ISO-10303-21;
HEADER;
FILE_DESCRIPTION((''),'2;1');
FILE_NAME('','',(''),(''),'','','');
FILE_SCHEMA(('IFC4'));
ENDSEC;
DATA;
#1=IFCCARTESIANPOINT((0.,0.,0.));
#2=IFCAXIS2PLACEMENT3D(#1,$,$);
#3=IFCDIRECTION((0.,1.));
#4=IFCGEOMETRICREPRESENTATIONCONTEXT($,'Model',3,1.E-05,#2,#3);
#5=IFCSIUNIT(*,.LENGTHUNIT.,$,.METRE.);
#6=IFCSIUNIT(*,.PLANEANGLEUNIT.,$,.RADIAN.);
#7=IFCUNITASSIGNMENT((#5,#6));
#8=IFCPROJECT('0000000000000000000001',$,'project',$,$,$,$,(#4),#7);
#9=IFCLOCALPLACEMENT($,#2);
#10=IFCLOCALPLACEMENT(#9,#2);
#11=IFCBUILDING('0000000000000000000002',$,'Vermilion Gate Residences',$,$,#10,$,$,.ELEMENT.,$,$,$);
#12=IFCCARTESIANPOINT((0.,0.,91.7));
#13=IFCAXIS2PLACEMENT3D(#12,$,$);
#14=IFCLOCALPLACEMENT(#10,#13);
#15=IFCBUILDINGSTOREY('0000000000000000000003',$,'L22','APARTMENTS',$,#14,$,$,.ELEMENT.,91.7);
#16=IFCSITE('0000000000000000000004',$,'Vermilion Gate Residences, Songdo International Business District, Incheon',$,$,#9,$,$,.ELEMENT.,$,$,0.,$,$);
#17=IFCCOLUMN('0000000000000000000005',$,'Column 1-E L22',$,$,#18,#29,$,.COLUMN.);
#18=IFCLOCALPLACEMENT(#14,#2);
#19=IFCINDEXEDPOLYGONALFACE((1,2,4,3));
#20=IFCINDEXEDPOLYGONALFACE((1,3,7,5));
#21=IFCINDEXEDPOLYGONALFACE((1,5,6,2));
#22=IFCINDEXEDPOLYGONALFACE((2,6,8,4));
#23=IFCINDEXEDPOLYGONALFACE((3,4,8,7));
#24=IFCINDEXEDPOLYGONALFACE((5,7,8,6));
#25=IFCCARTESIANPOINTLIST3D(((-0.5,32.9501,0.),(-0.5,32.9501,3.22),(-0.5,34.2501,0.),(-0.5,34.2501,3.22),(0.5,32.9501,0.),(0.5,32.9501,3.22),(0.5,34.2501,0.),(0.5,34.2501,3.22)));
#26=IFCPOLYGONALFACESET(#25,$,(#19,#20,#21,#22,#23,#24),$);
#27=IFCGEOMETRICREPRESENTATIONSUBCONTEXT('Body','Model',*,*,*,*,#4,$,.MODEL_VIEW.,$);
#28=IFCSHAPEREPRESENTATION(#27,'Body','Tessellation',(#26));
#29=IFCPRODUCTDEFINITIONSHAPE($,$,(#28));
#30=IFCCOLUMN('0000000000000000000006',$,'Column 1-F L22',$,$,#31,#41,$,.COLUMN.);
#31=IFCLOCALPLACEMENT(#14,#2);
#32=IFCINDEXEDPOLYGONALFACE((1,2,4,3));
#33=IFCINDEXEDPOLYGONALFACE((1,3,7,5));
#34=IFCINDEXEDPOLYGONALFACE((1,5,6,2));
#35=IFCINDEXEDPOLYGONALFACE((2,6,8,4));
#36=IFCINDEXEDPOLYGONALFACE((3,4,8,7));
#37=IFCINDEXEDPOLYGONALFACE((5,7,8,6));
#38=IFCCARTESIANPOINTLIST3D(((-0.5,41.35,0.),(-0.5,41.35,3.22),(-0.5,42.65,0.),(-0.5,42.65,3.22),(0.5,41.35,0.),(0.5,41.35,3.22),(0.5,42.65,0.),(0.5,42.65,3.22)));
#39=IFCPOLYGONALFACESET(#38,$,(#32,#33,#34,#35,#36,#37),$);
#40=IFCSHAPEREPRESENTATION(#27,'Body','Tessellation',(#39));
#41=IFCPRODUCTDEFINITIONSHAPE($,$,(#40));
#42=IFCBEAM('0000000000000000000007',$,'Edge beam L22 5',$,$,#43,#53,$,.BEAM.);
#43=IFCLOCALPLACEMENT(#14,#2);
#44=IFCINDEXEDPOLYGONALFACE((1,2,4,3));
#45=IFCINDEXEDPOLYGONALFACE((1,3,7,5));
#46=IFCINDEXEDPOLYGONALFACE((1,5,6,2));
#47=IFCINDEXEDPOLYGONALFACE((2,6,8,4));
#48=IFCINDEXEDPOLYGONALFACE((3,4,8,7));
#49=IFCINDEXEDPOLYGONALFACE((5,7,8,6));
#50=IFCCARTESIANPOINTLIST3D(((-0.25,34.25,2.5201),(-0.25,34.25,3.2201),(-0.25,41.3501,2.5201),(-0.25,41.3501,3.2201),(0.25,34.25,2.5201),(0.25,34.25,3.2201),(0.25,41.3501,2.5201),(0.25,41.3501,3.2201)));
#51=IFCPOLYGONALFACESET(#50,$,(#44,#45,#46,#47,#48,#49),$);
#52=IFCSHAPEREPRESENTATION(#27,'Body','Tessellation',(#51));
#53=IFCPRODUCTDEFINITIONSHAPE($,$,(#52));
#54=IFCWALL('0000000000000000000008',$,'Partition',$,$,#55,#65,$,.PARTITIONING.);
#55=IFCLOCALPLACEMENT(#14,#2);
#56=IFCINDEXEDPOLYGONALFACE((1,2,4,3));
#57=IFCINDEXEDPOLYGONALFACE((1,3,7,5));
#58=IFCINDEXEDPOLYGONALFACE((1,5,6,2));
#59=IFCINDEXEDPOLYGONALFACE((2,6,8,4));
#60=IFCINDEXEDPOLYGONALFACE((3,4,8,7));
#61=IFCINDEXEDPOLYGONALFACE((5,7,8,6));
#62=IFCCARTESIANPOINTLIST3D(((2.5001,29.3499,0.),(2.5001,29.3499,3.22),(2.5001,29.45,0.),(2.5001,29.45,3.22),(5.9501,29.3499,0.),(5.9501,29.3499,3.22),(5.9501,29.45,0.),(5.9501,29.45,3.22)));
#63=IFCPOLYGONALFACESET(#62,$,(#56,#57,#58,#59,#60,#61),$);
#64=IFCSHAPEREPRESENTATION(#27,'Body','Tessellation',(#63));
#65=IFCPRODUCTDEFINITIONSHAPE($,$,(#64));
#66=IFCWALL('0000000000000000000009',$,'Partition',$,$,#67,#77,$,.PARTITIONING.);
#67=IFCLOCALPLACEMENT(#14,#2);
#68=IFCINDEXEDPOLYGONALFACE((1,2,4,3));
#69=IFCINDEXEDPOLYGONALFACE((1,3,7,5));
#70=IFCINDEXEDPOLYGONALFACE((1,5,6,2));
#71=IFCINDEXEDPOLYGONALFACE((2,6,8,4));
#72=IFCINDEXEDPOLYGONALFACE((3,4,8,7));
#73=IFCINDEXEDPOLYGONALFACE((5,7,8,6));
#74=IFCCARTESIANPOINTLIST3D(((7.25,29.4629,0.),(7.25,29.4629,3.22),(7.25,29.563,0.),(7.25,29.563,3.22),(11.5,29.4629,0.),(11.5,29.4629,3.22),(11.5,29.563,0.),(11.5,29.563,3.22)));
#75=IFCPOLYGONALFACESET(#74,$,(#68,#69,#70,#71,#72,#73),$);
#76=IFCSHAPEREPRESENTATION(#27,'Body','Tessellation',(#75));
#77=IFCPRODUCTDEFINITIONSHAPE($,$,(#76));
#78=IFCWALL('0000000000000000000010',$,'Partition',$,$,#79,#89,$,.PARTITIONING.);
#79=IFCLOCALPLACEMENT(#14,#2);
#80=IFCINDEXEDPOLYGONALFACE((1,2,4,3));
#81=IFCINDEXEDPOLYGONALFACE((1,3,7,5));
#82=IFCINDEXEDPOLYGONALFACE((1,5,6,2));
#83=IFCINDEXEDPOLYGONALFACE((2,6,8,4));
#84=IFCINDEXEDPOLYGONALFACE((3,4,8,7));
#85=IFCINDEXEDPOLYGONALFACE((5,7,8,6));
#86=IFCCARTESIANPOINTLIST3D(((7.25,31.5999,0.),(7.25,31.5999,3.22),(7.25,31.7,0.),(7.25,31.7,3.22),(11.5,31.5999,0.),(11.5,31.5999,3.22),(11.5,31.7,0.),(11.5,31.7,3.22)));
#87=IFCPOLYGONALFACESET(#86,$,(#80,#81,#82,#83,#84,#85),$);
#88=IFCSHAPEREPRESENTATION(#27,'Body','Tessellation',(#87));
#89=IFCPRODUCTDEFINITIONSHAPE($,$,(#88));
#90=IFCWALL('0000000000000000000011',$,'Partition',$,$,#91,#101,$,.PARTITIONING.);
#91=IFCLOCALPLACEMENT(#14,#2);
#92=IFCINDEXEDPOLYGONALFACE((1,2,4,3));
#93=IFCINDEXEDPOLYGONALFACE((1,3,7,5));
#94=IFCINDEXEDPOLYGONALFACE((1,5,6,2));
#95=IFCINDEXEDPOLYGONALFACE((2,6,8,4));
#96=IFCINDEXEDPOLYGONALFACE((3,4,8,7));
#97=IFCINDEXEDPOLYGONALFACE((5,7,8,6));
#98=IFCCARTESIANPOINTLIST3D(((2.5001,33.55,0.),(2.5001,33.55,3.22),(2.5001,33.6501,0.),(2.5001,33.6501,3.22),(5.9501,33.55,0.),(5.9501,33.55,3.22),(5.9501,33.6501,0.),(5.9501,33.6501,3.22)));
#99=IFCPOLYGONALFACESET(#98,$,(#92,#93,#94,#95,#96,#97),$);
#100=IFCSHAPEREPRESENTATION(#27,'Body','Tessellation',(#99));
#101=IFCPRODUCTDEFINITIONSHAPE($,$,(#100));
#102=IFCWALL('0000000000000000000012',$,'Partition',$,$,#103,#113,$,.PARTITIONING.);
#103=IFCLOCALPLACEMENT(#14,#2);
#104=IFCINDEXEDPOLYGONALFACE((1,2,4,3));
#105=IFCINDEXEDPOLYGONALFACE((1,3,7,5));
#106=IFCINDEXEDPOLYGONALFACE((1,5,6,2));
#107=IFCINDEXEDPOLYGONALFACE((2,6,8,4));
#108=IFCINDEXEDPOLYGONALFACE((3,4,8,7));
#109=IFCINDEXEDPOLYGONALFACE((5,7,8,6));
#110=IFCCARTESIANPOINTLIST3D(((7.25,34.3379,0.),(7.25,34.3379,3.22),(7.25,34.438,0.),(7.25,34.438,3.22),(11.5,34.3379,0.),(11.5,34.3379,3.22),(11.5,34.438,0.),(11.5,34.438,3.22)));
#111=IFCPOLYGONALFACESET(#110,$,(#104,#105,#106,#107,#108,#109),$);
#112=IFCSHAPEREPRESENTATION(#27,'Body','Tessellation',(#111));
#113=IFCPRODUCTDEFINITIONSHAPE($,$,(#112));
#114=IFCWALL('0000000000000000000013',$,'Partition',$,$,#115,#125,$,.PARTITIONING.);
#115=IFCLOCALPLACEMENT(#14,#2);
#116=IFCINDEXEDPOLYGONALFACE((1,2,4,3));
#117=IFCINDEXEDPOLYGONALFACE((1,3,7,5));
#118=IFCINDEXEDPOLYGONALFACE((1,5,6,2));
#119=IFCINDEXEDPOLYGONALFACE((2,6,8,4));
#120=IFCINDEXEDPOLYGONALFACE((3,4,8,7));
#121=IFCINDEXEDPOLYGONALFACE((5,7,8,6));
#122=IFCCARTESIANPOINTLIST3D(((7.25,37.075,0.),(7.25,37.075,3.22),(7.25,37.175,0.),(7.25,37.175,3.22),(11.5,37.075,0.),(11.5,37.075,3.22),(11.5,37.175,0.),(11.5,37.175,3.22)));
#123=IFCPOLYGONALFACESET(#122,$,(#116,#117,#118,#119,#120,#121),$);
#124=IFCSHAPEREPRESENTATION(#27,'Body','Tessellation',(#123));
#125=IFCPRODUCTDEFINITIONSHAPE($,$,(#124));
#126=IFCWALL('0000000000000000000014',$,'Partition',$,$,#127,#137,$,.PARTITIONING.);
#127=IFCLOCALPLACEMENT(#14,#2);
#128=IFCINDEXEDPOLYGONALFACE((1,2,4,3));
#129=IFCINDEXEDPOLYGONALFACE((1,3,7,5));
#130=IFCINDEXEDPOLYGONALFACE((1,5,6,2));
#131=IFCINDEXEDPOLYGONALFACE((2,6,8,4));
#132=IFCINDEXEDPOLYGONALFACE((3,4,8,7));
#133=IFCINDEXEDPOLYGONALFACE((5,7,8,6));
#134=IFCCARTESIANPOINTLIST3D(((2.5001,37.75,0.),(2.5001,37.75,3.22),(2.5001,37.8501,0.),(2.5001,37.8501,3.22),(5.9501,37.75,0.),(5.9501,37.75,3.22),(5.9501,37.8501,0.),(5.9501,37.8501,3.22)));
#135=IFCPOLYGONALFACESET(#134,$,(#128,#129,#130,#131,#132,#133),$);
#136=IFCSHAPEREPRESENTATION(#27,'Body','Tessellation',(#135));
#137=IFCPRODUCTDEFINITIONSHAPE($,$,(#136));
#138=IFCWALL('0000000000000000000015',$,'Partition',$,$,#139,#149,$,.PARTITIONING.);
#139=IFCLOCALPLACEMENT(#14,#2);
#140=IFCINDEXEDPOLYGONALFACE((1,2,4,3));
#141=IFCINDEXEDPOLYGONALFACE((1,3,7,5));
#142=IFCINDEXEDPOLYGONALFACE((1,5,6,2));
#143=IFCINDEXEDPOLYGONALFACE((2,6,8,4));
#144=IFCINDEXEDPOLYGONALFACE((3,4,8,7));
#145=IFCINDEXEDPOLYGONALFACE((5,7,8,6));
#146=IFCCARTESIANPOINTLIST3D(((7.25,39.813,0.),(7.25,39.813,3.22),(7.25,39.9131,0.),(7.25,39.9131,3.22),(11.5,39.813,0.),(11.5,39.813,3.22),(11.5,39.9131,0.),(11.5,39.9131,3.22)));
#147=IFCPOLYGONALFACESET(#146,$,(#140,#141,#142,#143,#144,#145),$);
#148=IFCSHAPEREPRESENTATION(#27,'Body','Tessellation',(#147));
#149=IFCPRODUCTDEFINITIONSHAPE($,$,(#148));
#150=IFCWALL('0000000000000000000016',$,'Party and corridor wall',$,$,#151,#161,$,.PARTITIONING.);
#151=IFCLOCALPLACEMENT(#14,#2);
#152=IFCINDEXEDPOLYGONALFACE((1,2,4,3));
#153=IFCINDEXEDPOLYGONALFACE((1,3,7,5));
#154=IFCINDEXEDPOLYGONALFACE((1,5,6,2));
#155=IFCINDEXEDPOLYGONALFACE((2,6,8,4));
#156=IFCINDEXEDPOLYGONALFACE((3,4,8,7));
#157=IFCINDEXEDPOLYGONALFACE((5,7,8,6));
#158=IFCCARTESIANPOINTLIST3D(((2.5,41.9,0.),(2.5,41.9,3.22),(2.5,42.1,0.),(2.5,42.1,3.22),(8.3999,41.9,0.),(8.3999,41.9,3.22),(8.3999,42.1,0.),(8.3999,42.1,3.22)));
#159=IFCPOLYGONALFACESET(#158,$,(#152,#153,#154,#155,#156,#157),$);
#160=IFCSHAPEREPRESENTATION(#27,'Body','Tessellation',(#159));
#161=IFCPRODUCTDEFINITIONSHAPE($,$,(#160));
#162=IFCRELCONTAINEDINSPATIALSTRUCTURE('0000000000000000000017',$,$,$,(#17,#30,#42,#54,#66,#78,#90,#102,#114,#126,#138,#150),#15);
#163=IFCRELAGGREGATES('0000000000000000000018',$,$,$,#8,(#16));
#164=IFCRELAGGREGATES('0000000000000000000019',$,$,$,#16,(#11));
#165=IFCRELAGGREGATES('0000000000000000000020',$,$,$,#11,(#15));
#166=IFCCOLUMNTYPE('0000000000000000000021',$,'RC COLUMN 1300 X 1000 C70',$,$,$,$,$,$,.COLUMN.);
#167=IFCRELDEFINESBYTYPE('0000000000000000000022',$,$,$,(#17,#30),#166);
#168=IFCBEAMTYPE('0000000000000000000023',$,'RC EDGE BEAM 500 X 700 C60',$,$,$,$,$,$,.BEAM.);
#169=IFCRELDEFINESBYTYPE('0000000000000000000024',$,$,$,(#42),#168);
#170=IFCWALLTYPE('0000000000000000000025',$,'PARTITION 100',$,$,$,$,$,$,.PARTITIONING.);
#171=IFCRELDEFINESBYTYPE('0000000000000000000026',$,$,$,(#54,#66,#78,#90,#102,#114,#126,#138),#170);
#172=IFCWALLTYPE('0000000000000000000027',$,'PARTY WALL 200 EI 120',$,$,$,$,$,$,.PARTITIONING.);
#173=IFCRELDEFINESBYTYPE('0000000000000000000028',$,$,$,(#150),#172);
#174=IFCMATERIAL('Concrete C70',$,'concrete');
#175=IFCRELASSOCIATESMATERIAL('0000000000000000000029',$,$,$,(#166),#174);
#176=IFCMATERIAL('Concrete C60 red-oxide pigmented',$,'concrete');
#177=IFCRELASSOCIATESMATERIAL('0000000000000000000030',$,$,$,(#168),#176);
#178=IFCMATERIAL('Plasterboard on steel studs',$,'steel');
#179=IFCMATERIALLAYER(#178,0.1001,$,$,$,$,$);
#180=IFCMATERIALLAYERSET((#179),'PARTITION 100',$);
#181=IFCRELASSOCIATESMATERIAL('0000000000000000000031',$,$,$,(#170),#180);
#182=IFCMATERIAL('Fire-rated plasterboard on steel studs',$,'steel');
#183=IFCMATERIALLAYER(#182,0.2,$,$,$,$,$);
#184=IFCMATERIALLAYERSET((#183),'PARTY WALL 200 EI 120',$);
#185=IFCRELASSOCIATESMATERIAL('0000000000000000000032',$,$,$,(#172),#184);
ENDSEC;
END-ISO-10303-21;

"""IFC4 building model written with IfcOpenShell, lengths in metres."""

from ifc_helpers import new_model, si_unit, direction, frame, frame_2d, origin, origin_2d, place, context, subcontext, project, spatial, rectangle, extrude, material, layer, layer_set, material_profile, profile_set, type_object, element, save


model = new_model("IFC4")

# Units and contexts
model_context = context("Model", 3, precision=1e-05, world=origin(), true_north=direction((0.0, 1.0)))
body_context = subcontext(model_context, "Body", "Model", "MODEL_VIEW")
ifc_project = project(units=[si_unit("LENGTHUNIT", "METRE"), si_unit("PLANEANGLEUNIT", "RADIAN")], contexts=[model_context])

# Site, building, storey
site_placement = place(None, origin())
site = spatial("IfcSite", under=ifc_project, at=site_placement, Name="Vermilion Gate Residences, Songdo International Business District, Incheon", CompositionType="ELEMENT", RefElevation=0.0)
building_placement = place(site_placement, origin())
building = spatial("IfcBuilding", under=site, at=building_placement, Name="Vermilion Gate Residences", CompositionType="ELEMENT")
storey_placement = place(building_placement, frame((0.0, 0.0, 91.7)))
storey = spatial("IfcBuildingStorey", under=building, at=storey_placement, Name="L22", Description="APARTMENTS", CompositionType="ELEMENT", Elevation=91.7)

# Columns
ifc_material_1 = material(Name="Concrete C70", Category="concrete")
ifc_material_profile_1 = material_profile(ifc_material_1, rectangle(XDim=1.3, YDim=1.0, at=origin_2d()), Name="RC-1300x1000")
ifc_profile_set_1 = profile_set([ifc_material_profile_1], Name="Concrete C70")
column_type = type_object("IfcColumnType", Name="RC COLUMN 1300 X 1000 C70", PredefinedType="COLUMN", material=ifc_profile_set_1)
for number, where, z_axis, x_axis, name in (
    (1, (0.0, 33.6001, 0.0), (0.0, 0.0, 1.0), (0.0, 1.0, 0.0), "Column 1-E L22"),
    (2, (0.0, 42.0, 0.0), (0.0, 0.0, 1.0), (0.0, 1.0, 0.0), "Column 1-F L22"),
):
    element("IfcColumn", number, at=place(storey_placement, frame(where, z_axis=z_axis, x_axis=x_axis)), inside=storey, type_object=column_type, Name=name, PredefinedType="COLUMN", context=body_context, shape_type="SweptSolid", body=[
        extrude(rectangle(XDim=1.3, YDim=1.0, at=origin_2d()), origin(), (0.0, 0.0, 1.0), 3.22),
    ])

# Beam
ifc_material_2 = material(Name="Concrete C60 red-oxide pigmented", Category="concrete")
ifc_material_profile_2 = material_profile(ifc_material_2, rectangle(XDim=0.5, YDim=0.7, at=origin_2d()), Name="RC-500x700")
ifc_profile_set_2 = profile_set([ifc_material_profile_2], Name="Concrete C60 red-oxide pigmented")
beam_type = type_object("IfcBeamType", Name="RC EDGE BEAM 500 X 700 C60", PredefinedType="BEAM", material=ifc_profile_set_2)
beam_placement = place(storey_placement, frame((0.0, 34.25, 2.8701), z_axis=(0.0, 1.0, 0.0), x_axis=(-1.0, 0.0, 0.0)))
element("IfcBeam", 3, at=beam_placement, inside=storey, type_object=beam_type, Name="Edge beam L22 5", PredefinedType="BEAM", context=body_context, shape_type="SweptSolid", body=[
    extrude(rectangle(XDim=0.5, YDim=0.7, at=origin_2d()), origin(), (0.0, 0.0, 1.0), 7.1001),
])

# Walls
ifc_material_3 = material(Name="Plasterboard on steel studs", Category="steel")
ifc_layer_1 = layer(ifc_material_3, 0.1001)
ifc_layer_set_1 = layer_set([ifc_layer_1], Name="PARTITION 100")
wall_type_1 = type_object("IfcWallType", Name="PARTITION 100", PredefinedType="PARTITIONING", material=ifc_layer_set_1)
wall_1_placement = place(storey_placement, frame((2.5, 29.3999, 0.0), z_axis=(0.0, 0.0, 1.0), x_axis=(1.0, 0.0, 0.0)))
element("IfcWall", 4, at=wall_1_placement, inside=storey, type_object=wall_type_1, Name="Partition", PredefinedType="PARTITIONING", context=body_context, shape_type="SweptSolid", body=[
    extrude(rectangle(XDim=3.45, YDim=0.1001, at=frame_2d((1.7251, 0.0))), origin(), (0.0, 0.0, 1.0), 3.22),
])
for number, where, z_axis, x_axis, name in (
    (5, (7.25, 29.5129, 0.0), (0.0, 0.0, 1.0), (1.0, 0.0, 0.0), "Partition"),
    (6, (7.25, 31.6499, 0.0), (0.0, 0.0, 1.0), (1.0, 0.0, 0.0), "Partition"),
):
    element("IfcWall", number, at=place(storey_placement, frame(where, z_axis=z_axis, x_axis=x_axis)), inside=storey, type_object=wall_type_1, Name=name, PredefinedType="PARTITIONING", context=body_context, shape_type="SweptSolid", body=[
        extrude(rectangle(XDim=4.25, YDim=0.1001, at=frame_2d((2.125, 0.0))), origin(), (0.0, 0.0, 1.0), 3.22),
    ])
wall_2_placement = place(storey_placement, frame((2.5, 33.6001, 0.0), z_axis=(0.0, 0.0, 1.0), x_axis=(1.0, 0.0, 0.0)))
element("IfcWall", 7, at=wall_2_placement, inside=storey, type_object=wall_type_1, Name="Partition", PredefinedType="PARTITIONING", context=body_context, shape_type="SweptSolid", body=[
    extrude(rectangle(XDim=3.45, YDim=0.1001, at=frame_2d((1.7251, 0.0))), origin(), (0.0, 0.0, 1.0), 3.22),
])
for number, where, z_axis, x_axis, name in (
    (8, (7.25, 34.3879, 0.0), (0.0, 0.0, 1.0), (1.0, 0.0, 0.0), "Partition"),
    (9, (7.25, 37.125, 0.0), (0.0, 0.0, 1.0), (1.0, 0.0, 0.0), "Partition"),
):
    element("IfcWall", number, at=place(storey_placement, frame(where, z_axis=z_axis, x_axis=x_axis)), inside=storey, type_object=wall_type_1, Name=name, PredefinedType="PARTITIONING", context=body_context, shape_type="SweptSolid", body=[
        extrude(rectangle(XDim=4.25, YDim=0.1001, at=frame_2d((2.125, 0.0))), origin(), (0.0, 0.0, 1.0), 3.22),
    ])
wall_3_placement = place(storey_placement, frame((2.5, 37.8, 0.0), z_axis=(0.0, 0.0, 1.0), x_axis=(1.0, 0.0, 0.0)))
element("IfcWall", 10, at=wall_3_placement, inside=storey, type_object=wall_type_1, Name="Partition", PredefinedType="PARTITIONING", context=body_context, shape_type="SweptSolid", body=[
    extrude(rectangle(XDim=3.45, YDim=0.1001, at=frame_2d((1.7251, 0.0))), origin(), (0.0, 0.0, 1.0), 3.22),
])
wall_4_placement = place(storey_placement, frame((7.25, 39.863, 0.0), z_axis=(0.0, 0.0, 1.0), x_axis=(1.0, 0.0, 0.0)))
element("IfcWall", 11, at=wall_4_placement, inside=storey, type_object=wall_type_1, Name="Partition", PredefinedType="PARTITIONING", context=body_context, shape_type="SweptSolid", body=[
    extrude(rectangle(XDim=4.25, YDim=0.1001, at=frame_2d((2.125, 0.0))), origin(), (0.0, 0.0, 1.0), 3.22),
])
ifc_material_4 = material(Name="Fire-rated plasterboard on steel studs", Category="steel")
ifc_layer_2 = layer(ifc_material_4, 0.2)
ifc_layer_set_2 = layer_set([ifc_layer_2], Name="PARTY WALL 200 EI 120")
wall_type_2 = type_object("IfcWallType", Name="PARTY WALL 200 EI 120", PredefinedType="PARTITIONING", material=ifc_layer_set_2)
wall_5_placement = place(storey_placement, frame((2.5, 42.0, 0.0), z_axis=(0.0, 0.0, 1.0), x_axis=(1.0, 0.0, 0.0)))
element("IfcWall", 12, at=wall_5_placement, inside=storey, type_object=wall_type_2, Name="Party and corridor wall", PredefinedType="PARTITIONING", context=body_context, shape_type="SweptSolid", body=[
    extrude(rectangle(XDim=5.8999, YDim=0.2, at=frame_2d((2.95, 0.0))), origin(), (0.0, 0.0, 1.0), 3.22),
])

save(model, "model.ifc")
